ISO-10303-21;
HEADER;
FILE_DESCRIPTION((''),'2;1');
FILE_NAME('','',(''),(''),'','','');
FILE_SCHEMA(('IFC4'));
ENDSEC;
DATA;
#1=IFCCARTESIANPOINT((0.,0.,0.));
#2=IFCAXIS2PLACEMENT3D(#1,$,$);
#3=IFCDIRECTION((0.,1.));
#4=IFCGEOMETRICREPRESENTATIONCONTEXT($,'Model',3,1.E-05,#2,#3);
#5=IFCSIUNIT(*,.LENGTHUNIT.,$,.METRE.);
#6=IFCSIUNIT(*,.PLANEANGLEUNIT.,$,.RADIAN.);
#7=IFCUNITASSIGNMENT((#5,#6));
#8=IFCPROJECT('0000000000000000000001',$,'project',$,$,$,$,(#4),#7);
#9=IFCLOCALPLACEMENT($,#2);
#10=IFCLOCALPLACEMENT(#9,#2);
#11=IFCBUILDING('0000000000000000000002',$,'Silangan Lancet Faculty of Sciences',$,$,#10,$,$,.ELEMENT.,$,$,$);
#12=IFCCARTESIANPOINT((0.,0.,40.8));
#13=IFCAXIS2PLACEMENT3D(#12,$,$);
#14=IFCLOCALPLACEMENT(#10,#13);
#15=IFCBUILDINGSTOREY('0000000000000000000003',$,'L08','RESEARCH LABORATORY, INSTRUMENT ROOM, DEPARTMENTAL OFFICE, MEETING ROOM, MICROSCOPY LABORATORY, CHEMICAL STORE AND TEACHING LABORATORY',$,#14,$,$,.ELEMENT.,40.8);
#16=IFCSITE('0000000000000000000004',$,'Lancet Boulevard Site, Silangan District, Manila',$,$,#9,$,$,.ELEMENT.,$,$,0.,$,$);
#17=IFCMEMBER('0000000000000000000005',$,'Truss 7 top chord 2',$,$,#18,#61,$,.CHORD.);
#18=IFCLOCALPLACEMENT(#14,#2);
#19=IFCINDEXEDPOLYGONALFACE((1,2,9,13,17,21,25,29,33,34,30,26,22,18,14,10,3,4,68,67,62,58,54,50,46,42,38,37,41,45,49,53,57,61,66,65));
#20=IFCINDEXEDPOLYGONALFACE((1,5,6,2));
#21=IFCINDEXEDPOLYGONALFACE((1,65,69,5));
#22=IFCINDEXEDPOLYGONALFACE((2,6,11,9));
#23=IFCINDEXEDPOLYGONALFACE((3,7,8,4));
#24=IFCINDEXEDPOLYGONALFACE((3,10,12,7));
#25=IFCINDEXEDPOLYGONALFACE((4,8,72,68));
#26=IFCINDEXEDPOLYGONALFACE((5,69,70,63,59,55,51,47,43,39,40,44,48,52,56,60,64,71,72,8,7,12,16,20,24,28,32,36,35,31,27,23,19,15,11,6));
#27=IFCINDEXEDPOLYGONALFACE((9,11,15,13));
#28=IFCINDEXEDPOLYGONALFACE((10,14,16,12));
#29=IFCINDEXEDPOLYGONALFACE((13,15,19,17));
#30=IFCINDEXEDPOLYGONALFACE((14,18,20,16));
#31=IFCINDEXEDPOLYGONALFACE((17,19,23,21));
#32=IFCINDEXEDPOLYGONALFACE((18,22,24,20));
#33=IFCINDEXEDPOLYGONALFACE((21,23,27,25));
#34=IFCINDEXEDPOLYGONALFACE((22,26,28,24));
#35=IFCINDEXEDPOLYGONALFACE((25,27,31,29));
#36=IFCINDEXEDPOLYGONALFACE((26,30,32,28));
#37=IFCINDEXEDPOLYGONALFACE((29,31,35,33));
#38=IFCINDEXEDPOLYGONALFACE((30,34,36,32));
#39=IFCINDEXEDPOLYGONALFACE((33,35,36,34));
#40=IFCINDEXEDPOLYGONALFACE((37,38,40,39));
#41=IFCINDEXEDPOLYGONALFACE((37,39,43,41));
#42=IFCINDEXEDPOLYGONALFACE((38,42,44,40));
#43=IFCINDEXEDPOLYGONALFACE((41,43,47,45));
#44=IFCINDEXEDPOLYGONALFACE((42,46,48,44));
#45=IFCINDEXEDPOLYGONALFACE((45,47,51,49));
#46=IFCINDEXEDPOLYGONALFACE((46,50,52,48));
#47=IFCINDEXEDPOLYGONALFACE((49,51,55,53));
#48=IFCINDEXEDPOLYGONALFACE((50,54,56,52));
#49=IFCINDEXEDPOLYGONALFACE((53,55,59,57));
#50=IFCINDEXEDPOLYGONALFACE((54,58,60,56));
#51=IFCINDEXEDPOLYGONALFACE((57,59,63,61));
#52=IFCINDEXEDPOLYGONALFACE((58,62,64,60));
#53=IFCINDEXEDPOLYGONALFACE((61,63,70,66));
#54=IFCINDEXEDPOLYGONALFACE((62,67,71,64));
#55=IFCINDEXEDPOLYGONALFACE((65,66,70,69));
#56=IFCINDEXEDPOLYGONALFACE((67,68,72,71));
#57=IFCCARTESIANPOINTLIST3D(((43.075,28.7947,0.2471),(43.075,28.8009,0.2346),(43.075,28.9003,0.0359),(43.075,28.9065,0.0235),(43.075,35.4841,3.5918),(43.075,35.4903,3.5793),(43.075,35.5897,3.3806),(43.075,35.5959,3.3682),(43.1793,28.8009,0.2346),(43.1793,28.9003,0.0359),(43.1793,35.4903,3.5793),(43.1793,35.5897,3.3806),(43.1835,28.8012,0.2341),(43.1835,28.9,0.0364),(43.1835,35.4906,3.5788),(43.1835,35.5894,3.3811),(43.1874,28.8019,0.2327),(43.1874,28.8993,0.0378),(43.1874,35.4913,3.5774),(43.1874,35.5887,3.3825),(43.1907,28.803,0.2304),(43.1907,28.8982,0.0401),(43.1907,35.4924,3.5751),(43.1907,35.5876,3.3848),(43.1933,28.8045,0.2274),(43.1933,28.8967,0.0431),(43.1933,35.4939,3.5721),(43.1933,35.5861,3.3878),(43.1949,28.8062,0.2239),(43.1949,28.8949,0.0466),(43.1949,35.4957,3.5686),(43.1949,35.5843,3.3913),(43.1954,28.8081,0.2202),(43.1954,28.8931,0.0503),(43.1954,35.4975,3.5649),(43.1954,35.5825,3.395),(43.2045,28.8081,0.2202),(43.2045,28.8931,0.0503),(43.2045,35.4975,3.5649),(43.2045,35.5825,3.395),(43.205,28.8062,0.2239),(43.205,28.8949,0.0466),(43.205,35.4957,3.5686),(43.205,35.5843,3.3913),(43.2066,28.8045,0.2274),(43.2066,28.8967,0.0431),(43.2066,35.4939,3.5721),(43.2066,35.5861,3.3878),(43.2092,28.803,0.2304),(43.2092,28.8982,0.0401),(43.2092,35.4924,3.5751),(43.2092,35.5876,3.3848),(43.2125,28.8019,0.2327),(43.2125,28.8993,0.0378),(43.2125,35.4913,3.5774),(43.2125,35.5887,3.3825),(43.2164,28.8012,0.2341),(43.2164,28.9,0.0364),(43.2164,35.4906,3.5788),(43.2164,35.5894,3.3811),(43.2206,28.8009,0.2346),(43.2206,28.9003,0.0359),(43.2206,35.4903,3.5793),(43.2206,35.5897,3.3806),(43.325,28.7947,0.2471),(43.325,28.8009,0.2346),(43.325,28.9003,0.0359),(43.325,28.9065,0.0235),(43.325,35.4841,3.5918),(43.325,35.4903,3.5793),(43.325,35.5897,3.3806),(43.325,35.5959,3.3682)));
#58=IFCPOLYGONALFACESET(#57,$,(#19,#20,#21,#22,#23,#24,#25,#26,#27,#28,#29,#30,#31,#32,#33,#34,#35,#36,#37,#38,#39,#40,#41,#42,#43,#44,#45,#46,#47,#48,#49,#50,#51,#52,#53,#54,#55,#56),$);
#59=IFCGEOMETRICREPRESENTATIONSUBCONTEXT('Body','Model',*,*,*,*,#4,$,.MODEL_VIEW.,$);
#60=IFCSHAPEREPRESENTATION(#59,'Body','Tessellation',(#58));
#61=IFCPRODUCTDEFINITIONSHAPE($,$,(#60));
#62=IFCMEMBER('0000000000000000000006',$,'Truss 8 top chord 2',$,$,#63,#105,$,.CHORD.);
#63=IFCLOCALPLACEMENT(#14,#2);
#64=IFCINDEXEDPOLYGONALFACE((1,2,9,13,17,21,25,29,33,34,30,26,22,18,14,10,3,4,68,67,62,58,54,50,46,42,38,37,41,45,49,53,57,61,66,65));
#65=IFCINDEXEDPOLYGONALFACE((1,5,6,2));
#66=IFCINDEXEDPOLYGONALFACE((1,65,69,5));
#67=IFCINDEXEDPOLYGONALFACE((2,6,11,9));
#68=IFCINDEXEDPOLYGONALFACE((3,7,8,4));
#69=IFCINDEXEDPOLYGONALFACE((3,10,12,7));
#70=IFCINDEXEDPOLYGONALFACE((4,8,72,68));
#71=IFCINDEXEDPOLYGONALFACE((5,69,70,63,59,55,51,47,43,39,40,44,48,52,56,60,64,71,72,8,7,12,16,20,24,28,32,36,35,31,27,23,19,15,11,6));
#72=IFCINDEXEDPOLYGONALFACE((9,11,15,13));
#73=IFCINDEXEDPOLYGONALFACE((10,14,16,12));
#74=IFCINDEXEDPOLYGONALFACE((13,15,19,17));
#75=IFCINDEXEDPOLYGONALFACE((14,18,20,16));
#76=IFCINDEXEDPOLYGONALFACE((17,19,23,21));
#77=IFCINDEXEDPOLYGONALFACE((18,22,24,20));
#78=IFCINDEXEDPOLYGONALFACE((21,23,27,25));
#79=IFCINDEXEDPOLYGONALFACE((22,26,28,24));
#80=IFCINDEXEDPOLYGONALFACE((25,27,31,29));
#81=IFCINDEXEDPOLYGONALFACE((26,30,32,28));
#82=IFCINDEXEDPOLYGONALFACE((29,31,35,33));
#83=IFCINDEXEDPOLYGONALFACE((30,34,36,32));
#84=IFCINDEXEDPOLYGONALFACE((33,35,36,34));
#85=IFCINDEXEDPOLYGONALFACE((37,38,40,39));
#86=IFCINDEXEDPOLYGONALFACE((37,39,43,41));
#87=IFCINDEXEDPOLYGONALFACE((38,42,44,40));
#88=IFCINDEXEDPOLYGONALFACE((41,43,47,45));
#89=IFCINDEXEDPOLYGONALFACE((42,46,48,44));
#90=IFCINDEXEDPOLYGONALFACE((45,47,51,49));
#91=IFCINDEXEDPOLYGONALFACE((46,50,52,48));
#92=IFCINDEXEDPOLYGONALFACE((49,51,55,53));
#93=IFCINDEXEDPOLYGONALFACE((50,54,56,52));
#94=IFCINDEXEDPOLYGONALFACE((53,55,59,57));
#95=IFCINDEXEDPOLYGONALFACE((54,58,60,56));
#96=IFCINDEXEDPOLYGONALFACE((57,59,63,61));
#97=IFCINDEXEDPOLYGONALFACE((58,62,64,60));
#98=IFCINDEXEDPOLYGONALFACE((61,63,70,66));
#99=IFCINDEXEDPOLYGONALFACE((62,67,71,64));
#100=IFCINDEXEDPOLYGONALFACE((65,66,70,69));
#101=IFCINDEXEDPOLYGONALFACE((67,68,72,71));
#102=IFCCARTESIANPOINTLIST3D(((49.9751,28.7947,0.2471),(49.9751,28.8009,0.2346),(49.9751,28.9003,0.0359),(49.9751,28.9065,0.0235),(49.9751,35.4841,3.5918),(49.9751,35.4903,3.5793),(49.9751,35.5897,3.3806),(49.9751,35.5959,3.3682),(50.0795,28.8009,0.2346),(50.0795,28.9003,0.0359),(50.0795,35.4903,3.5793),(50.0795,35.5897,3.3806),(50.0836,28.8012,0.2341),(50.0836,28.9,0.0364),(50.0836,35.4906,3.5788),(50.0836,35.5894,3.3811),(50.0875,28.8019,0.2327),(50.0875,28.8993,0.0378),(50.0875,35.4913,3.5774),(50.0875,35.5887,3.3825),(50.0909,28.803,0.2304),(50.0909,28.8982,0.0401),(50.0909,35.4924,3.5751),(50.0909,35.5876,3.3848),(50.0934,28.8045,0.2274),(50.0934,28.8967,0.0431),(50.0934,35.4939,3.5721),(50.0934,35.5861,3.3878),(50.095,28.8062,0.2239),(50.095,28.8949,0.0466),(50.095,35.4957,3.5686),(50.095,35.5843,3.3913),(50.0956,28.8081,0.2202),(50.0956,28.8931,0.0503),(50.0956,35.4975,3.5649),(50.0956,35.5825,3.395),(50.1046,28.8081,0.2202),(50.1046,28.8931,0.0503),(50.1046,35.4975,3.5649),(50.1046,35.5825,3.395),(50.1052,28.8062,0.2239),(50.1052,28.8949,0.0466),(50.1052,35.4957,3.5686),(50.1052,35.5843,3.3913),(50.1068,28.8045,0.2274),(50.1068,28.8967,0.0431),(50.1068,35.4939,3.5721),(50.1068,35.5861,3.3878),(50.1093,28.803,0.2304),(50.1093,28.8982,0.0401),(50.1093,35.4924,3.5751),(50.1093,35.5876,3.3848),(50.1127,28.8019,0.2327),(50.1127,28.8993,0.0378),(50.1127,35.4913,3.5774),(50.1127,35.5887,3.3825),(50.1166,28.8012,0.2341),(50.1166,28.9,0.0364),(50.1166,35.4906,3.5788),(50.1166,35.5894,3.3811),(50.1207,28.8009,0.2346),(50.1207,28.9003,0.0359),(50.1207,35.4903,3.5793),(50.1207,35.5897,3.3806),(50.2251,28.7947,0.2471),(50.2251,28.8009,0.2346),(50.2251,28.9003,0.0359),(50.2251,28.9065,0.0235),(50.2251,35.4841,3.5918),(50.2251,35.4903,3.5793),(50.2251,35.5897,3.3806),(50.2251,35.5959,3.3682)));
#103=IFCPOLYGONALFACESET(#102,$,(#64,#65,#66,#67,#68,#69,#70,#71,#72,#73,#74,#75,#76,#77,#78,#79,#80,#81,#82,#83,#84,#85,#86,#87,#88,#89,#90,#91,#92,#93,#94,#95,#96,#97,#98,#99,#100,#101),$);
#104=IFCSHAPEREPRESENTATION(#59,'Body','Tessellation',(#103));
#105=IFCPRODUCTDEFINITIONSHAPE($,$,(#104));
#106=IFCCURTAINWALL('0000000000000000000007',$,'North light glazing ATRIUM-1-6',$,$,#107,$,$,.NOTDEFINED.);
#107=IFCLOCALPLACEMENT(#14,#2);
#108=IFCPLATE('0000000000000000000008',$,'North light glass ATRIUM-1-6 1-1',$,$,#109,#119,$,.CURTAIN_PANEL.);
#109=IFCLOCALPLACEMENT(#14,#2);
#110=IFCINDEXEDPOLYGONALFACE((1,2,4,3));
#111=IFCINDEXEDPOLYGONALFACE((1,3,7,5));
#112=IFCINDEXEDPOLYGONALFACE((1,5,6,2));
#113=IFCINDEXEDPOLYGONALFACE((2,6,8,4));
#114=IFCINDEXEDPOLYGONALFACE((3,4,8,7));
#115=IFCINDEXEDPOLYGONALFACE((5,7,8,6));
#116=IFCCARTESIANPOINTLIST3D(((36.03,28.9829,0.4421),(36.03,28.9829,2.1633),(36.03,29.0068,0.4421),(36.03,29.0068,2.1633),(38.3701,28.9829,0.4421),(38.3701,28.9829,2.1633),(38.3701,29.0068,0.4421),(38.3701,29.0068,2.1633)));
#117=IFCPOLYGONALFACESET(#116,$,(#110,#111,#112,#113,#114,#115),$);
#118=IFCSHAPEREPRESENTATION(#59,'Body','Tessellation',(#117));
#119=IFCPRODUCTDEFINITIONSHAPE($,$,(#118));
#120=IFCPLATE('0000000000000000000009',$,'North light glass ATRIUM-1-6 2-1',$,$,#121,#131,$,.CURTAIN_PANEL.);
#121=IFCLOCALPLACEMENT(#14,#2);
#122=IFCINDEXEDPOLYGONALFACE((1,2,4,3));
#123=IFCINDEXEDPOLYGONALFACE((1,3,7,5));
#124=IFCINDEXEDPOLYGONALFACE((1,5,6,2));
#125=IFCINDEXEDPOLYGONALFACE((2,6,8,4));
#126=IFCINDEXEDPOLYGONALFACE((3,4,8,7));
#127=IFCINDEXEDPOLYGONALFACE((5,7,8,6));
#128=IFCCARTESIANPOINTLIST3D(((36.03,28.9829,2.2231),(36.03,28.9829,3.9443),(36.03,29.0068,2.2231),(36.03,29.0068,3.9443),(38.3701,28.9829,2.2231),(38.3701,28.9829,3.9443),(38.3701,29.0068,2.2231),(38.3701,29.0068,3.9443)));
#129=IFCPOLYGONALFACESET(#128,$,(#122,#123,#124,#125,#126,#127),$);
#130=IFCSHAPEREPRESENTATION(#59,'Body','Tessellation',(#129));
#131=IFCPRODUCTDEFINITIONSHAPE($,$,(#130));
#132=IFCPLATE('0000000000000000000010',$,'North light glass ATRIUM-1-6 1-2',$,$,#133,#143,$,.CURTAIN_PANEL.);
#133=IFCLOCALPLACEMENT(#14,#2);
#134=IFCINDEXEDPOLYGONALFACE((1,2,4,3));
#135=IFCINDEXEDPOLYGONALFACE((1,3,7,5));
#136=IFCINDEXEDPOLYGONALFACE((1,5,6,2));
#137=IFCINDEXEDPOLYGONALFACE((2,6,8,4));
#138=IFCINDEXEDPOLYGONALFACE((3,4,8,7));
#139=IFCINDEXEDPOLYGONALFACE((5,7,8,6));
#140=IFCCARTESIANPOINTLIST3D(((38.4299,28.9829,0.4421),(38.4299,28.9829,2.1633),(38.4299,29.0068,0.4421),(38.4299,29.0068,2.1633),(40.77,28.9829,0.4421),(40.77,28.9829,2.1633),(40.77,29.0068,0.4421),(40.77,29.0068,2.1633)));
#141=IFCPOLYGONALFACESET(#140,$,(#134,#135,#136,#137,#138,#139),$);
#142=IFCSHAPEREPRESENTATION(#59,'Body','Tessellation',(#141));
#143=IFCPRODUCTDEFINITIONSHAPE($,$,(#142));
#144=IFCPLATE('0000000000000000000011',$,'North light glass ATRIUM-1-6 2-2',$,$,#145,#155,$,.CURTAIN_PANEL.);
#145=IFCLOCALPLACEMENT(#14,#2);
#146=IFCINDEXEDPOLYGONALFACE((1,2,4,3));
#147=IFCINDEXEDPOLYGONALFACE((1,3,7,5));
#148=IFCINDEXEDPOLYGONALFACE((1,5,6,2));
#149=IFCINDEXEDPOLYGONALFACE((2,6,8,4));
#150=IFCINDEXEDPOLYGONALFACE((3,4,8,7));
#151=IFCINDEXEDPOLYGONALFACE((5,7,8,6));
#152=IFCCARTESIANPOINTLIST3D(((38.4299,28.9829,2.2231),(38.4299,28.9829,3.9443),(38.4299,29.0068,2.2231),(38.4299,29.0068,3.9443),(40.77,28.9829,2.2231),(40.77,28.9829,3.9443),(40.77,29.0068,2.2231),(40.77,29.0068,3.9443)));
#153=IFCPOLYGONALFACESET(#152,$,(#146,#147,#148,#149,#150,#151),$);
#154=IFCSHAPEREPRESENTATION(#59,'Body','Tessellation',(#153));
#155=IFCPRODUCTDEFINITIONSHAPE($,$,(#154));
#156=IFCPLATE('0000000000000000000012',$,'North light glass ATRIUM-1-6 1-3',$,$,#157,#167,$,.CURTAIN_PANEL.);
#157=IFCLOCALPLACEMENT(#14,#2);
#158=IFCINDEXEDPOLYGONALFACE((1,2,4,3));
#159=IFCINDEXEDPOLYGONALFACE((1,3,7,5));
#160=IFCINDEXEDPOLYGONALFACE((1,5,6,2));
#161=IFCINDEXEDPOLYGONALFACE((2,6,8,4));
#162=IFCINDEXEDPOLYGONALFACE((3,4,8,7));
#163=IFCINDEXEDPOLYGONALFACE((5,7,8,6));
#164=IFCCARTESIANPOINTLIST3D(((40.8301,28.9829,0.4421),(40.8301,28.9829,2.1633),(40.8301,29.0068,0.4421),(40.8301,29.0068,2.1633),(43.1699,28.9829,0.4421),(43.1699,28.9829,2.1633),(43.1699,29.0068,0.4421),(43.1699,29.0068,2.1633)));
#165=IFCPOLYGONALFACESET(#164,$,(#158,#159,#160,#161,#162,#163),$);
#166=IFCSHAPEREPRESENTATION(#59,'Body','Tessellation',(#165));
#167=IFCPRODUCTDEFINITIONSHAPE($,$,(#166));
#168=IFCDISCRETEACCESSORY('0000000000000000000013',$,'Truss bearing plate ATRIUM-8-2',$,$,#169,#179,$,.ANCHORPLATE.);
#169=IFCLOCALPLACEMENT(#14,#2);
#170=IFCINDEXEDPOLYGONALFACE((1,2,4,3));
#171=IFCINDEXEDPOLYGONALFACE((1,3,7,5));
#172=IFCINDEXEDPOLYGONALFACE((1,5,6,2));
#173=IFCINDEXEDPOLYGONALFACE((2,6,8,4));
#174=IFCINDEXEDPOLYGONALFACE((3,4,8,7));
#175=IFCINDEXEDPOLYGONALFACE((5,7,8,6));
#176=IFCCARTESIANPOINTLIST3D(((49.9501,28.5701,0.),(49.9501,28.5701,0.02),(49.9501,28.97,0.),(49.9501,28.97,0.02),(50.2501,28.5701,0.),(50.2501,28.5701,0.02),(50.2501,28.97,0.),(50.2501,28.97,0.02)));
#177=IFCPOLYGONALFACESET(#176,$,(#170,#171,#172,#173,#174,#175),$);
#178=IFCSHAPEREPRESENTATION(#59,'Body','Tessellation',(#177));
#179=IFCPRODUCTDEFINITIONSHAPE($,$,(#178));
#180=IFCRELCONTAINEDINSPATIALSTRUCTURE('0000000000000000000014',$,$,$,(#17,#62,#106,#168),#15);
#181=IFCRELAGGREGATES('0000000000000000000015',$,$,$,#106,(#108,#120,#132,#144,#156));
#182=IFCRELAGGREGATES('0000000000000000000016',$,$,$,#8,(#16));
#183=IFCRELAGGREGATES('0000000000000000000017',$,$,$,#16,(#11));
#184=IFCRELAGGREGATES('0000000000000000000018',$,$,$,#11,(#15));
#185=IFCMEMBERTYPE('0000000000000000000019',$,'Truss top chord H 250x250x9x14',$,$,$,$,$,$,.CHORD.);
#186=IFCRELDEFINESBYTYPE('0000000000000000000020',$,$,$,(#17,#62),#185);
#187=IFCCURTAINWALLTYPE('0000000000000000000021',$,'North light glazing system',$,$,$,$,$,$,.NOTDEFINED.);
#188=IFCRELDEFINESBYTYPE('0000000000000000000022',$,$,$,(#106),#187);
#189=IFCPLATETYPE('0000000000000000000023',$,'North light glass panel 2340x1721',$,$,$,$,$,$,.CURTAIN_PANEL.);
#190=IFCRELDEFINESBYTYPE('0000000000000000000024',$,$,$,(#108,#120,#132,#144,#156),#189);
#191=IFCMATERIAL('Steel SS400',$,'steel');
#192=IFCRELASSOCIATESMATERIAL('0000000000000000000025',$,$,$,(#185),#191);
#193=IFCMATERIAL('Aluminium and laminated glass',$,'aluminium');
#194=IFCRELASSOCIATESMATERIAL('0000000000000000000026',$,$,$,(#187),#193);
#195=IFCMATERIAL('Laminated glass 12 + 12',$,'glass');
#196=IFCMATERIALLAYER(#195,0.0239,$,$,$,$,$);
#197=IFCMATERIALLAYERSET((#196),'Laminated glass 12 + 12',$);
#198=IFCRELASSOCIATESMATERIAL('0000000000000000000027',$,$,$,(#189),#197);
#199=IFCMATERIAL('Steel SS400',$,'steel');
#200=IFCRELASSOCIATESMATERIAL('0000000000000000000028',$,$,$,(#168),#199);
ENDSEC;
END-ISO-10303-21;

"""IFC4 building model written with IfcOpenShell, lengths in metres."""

from ifc_helpers import new_model, si_unit, direction, frame, origin, origin_2d, place, context, subcontext, project, spatial, polyline, rectangle, i_section, outline, extrude, material, layer, layer_set, material_profile, profile_set, type_object, element, aggregate, save


model = new_model("IFC4")

# Units and contexts
model_context = context("Model", 3, precision=1e-05, world=origin(), true_north=direction((0.0, 1.0)))
body_context = subcontext(model_context, "Body", "Model", "MODEL_VIEW")
ifc_project = project(units=[si_unit("LENGTHUNIT", "METRE"), si_unit("PLANEANGLEUNIT", "RADIAN")], contexts=[model_context])

# Site, building, storey
site_placement = place(None, origin())
site = spatial("IfcSite", under=ifc_project, at=site_placement, Name="Lancet Boulevard Site, Silangan District, Manila", CompositionType="ELEMENT", RefElevation=0.0)
building_placement = place(site_placement, origin())
building = spatial("IfcBuilding", under=site, at=building_placement, Name="Silangan Lancet Faculty of Sciences", CompositionType="ELEMENT")
storey_placement = place(building_placement, frame((0.0, 0.0, 40.8)))
storey = spatial("IfcBuildingStorey", under=building, at=storey_placement, Name="L08", Description="RESEARCH LABORATORY, INSTRUMENT ROOM, DEPARTMENTAL OFFICE, MEETING ROOM, MICROSCOPY LABORATORY, CHEMICAL STORE AND TEACHING LABORATORY", CompositionType="ELEMENT", Elevation=40.8)

# Members
ifc_material_1 = material(Name="Steel SS400", Category="steel")
ifc_material_profile_1 = material_profile(ifc_material_1, i_section(OverallWidth=0.25, OverallDepth=0.25, WebThickness=0.009, FlangeThickness=0.0139, FilletRadius=0.0161, at=origin_2d()), Name="H 250x250x9x14")
ifc_profile_set_1 = profile_set([ifc_material_profile_1], Name="Steel SS400")
member_type_1 = type_object("IfcMemberType", Name="Truss top chord H 250x250x9x14", PredefinedType="CHORD", material=ifc_profile_set_1)
for number, where, z_axis, x_axis, name in (
    (1, (43.2, 28.8506, 0.1353), (0.0, 0.894427, 0.447214), (-1.0, 0.0, 0.0), "Truss 7 top chord 2"),
    (2, (50.1001, 28.8506, 0.1353), (0.0, 0.894427, 0.447214), (-1.0, 0.0, 0.0), "Truss 8 top chord 2"),
):
    element("IfcMember", number, at=place(storey_placement, frame(where, z_axis=z_axis, x_axis=x_axis)), inside=storey, type_object=member_type_1, Name=name, PredefinedType="CHORD", context=body_context, shape_type="SweptSolid", body=[
        extrude(i_section(OverallWidth=0.25, OverallDepth=0.25, WebThickness=0.009, FlangeThickness=0.0139, FilletRadius=0.0161, at=origin_2d()), origin(), (0.0, 0.0, 1.0), 7.479),
    ])

# Curtain wall, plates
ifc_material_2 = material(Name="Aluminium and laminated glass", Category="aluminium")
curtain_wall_type = type_object("IfcCurtainWallType", Name="North light glazing system", PredefinedType="NOTDEFINED", material=ifc_material_2)
curtain_wall_placement = place(storey_placement, origin())
curtain_wall = element("IfcCurtainWall", 3, at=curtain_wall_placement, inside=storey, type_object=curtain_wall_type, Name="North light glazing ATRIUM-1-6", PredefinedType="NOTDEFINED")
ifc_material_3 = material(Name="Laminated glass 12 + 12", Category="glass")
ifc_layer = layer(ifc_material_3, 0.0239)
ifc_layer_set = layer_set([ifc_layer], Name="Laminated glass 12 + 12")
plate_type = type_object("IfcPlateType", Name="North light glass panel 2340x1721", PredefinedType="CURTAIN_PANEL", material=ifc_layer_set)
plate_1_placement = place(storey_placement, frame((36.03, 28.9829, 0.4421), z_axis=(0.0, -1.0, 0.0), x_axis=(1.0, 0.0, 0.0)))
plate_1 = element("IfcPlate", 4, at=plate_1_placement, type_object=plate_type, Name="North light glass ATRIUM-1-6 1-1", PredefinedType="CURTAIN_PANEL", context=body_context, shape_type="SweptSolid", body=[
    extrude(outline(polyline([(0.0, 0.0), (2.3401, 0.0), (2.3401, 1.7212), (0.0, 1.7212), (0.0, 0.0)])), origin(), (0.0, 0.0, -1.0), 0.0239),
])
plate_2_placement = place(storey_placement, frame((36.03, 28.9829, 2.2231), z_axis=(0.0, -1.0, 0.0), x_axis=(1.0, 0.0, 0.0)))
plate_2 = element("IfcPlate", 5, at=plate_2_placement, type_object=plate_type, Name="North light glass ATRIUM-1-6 2-1", PredefinedType="CURTAIN_PANEL", context=body_context, shape_type="SweptSolid", body=[
    extrude(outline(polyline([(0.0, 0.0), (2.3401, 0.0), (2.3401, 1.7212), (0.0, 1.7212), (0.0, 0.0)])), origin(), (0.0, 0.0, -1.0), 0.0239),
])
plate_3_placement = place(storey_placement, frame((38.4299, 28.9829, 0.4421), z_axis=(0.0, -1.0, 0.0), x_axis=(1.0, 0.0, 0.0)))
plate_3 = element("IfcPlate", 6, at=plate_3_placement, type_object=plate_type, Name="North light glass ATRIUM-1-6 1-2", PredefinedType="CURTAIN_PANEL", context=body_context, shape_type="SweptSolid", body=[
    extrude(outline(polyline([(0.0, 0.0), (2.3401, 0.0), (2.3401, 1.7212), (0.0, 1.7212), (0.0, 0.0)])), origin(), (0.0, 0.0, -1.0), 0.0239),
])
plate_4_placement = place(storey_placement, frame((38.4299, 28.9829, 2.2231), z_axis=(0.0, -1.0, 0.0), x_axis=(1.0, 0.0, 0.0)))
plate_4 = element("IfcPlate", 7, at=plate_4_placement, type_object=plate_type, Name="North light glass ATRIUM-1-6 2-2", PredefinedType="CURTAIN_PANEL", context=body_context, shape_type="SweptSolid", body=[
    extrude(outline(polyline([(0.0, 0.0), (2.3401, 0.0), (2.3401, 1.7212), (0.0, 1.7212), (0.0, 0.0)])), origin(), (0.0, 0.0, -1.0), 0.0239),
])
plate_5_placement = place(storey_placement, frame((40.8301, 28.9829, 0.4421), z_axis=(0.0, -1.0, 0.0), x_axis=(1.0, 0.0, 0.0)))
plate_5 = element("IfcPlate", 8, at=plate_5_placement, type_object=plate_type, Name="North light glass ATRIUM-1-6 1-3", PredefinedType="CURTAIN_PANEL", context=body_context, shape_type="SweptSolid", body=[
    extrude(outline(polyline([(0.0, 0.0), (2.3398, 0.0), (2.3398, 1.7212), (0.0, 1.7212), (0.0, 0.0)])), origin(), (0.0, 0.0, -1.0), 0.0239),
])
aggregate(curtain_wall, [plate_1, plate_2, plate_3, plate_4, plate_5])

# Discrete accessory
ifc_material_4 = material(Name="Steel SS400", Category="steel")
discrete_accessory_placement = place(storey_placement, frame((50.1001, 28.77, 0.0), z_axis=(0.0, 0.0, 1.0), x_axis=(1.0, 0.0, 0.0)))
element("IfcDiscreteAccessory", 9, at=discrete_accessory_placement, inside=storey, material=ifc_material_4, Name="Truss bearing plate ATRIUM-8-2", PredefinedType="ANCHORPLATE", context=body_context, shape_type="SweptSolid", body=[
    extrude(rectangle(XDim=0.3, YDim=0.3999, at=origin_2d()), origin(), (0.0, 0.0, 1.0), 0.02),
])

save(model, "model.ifc")
